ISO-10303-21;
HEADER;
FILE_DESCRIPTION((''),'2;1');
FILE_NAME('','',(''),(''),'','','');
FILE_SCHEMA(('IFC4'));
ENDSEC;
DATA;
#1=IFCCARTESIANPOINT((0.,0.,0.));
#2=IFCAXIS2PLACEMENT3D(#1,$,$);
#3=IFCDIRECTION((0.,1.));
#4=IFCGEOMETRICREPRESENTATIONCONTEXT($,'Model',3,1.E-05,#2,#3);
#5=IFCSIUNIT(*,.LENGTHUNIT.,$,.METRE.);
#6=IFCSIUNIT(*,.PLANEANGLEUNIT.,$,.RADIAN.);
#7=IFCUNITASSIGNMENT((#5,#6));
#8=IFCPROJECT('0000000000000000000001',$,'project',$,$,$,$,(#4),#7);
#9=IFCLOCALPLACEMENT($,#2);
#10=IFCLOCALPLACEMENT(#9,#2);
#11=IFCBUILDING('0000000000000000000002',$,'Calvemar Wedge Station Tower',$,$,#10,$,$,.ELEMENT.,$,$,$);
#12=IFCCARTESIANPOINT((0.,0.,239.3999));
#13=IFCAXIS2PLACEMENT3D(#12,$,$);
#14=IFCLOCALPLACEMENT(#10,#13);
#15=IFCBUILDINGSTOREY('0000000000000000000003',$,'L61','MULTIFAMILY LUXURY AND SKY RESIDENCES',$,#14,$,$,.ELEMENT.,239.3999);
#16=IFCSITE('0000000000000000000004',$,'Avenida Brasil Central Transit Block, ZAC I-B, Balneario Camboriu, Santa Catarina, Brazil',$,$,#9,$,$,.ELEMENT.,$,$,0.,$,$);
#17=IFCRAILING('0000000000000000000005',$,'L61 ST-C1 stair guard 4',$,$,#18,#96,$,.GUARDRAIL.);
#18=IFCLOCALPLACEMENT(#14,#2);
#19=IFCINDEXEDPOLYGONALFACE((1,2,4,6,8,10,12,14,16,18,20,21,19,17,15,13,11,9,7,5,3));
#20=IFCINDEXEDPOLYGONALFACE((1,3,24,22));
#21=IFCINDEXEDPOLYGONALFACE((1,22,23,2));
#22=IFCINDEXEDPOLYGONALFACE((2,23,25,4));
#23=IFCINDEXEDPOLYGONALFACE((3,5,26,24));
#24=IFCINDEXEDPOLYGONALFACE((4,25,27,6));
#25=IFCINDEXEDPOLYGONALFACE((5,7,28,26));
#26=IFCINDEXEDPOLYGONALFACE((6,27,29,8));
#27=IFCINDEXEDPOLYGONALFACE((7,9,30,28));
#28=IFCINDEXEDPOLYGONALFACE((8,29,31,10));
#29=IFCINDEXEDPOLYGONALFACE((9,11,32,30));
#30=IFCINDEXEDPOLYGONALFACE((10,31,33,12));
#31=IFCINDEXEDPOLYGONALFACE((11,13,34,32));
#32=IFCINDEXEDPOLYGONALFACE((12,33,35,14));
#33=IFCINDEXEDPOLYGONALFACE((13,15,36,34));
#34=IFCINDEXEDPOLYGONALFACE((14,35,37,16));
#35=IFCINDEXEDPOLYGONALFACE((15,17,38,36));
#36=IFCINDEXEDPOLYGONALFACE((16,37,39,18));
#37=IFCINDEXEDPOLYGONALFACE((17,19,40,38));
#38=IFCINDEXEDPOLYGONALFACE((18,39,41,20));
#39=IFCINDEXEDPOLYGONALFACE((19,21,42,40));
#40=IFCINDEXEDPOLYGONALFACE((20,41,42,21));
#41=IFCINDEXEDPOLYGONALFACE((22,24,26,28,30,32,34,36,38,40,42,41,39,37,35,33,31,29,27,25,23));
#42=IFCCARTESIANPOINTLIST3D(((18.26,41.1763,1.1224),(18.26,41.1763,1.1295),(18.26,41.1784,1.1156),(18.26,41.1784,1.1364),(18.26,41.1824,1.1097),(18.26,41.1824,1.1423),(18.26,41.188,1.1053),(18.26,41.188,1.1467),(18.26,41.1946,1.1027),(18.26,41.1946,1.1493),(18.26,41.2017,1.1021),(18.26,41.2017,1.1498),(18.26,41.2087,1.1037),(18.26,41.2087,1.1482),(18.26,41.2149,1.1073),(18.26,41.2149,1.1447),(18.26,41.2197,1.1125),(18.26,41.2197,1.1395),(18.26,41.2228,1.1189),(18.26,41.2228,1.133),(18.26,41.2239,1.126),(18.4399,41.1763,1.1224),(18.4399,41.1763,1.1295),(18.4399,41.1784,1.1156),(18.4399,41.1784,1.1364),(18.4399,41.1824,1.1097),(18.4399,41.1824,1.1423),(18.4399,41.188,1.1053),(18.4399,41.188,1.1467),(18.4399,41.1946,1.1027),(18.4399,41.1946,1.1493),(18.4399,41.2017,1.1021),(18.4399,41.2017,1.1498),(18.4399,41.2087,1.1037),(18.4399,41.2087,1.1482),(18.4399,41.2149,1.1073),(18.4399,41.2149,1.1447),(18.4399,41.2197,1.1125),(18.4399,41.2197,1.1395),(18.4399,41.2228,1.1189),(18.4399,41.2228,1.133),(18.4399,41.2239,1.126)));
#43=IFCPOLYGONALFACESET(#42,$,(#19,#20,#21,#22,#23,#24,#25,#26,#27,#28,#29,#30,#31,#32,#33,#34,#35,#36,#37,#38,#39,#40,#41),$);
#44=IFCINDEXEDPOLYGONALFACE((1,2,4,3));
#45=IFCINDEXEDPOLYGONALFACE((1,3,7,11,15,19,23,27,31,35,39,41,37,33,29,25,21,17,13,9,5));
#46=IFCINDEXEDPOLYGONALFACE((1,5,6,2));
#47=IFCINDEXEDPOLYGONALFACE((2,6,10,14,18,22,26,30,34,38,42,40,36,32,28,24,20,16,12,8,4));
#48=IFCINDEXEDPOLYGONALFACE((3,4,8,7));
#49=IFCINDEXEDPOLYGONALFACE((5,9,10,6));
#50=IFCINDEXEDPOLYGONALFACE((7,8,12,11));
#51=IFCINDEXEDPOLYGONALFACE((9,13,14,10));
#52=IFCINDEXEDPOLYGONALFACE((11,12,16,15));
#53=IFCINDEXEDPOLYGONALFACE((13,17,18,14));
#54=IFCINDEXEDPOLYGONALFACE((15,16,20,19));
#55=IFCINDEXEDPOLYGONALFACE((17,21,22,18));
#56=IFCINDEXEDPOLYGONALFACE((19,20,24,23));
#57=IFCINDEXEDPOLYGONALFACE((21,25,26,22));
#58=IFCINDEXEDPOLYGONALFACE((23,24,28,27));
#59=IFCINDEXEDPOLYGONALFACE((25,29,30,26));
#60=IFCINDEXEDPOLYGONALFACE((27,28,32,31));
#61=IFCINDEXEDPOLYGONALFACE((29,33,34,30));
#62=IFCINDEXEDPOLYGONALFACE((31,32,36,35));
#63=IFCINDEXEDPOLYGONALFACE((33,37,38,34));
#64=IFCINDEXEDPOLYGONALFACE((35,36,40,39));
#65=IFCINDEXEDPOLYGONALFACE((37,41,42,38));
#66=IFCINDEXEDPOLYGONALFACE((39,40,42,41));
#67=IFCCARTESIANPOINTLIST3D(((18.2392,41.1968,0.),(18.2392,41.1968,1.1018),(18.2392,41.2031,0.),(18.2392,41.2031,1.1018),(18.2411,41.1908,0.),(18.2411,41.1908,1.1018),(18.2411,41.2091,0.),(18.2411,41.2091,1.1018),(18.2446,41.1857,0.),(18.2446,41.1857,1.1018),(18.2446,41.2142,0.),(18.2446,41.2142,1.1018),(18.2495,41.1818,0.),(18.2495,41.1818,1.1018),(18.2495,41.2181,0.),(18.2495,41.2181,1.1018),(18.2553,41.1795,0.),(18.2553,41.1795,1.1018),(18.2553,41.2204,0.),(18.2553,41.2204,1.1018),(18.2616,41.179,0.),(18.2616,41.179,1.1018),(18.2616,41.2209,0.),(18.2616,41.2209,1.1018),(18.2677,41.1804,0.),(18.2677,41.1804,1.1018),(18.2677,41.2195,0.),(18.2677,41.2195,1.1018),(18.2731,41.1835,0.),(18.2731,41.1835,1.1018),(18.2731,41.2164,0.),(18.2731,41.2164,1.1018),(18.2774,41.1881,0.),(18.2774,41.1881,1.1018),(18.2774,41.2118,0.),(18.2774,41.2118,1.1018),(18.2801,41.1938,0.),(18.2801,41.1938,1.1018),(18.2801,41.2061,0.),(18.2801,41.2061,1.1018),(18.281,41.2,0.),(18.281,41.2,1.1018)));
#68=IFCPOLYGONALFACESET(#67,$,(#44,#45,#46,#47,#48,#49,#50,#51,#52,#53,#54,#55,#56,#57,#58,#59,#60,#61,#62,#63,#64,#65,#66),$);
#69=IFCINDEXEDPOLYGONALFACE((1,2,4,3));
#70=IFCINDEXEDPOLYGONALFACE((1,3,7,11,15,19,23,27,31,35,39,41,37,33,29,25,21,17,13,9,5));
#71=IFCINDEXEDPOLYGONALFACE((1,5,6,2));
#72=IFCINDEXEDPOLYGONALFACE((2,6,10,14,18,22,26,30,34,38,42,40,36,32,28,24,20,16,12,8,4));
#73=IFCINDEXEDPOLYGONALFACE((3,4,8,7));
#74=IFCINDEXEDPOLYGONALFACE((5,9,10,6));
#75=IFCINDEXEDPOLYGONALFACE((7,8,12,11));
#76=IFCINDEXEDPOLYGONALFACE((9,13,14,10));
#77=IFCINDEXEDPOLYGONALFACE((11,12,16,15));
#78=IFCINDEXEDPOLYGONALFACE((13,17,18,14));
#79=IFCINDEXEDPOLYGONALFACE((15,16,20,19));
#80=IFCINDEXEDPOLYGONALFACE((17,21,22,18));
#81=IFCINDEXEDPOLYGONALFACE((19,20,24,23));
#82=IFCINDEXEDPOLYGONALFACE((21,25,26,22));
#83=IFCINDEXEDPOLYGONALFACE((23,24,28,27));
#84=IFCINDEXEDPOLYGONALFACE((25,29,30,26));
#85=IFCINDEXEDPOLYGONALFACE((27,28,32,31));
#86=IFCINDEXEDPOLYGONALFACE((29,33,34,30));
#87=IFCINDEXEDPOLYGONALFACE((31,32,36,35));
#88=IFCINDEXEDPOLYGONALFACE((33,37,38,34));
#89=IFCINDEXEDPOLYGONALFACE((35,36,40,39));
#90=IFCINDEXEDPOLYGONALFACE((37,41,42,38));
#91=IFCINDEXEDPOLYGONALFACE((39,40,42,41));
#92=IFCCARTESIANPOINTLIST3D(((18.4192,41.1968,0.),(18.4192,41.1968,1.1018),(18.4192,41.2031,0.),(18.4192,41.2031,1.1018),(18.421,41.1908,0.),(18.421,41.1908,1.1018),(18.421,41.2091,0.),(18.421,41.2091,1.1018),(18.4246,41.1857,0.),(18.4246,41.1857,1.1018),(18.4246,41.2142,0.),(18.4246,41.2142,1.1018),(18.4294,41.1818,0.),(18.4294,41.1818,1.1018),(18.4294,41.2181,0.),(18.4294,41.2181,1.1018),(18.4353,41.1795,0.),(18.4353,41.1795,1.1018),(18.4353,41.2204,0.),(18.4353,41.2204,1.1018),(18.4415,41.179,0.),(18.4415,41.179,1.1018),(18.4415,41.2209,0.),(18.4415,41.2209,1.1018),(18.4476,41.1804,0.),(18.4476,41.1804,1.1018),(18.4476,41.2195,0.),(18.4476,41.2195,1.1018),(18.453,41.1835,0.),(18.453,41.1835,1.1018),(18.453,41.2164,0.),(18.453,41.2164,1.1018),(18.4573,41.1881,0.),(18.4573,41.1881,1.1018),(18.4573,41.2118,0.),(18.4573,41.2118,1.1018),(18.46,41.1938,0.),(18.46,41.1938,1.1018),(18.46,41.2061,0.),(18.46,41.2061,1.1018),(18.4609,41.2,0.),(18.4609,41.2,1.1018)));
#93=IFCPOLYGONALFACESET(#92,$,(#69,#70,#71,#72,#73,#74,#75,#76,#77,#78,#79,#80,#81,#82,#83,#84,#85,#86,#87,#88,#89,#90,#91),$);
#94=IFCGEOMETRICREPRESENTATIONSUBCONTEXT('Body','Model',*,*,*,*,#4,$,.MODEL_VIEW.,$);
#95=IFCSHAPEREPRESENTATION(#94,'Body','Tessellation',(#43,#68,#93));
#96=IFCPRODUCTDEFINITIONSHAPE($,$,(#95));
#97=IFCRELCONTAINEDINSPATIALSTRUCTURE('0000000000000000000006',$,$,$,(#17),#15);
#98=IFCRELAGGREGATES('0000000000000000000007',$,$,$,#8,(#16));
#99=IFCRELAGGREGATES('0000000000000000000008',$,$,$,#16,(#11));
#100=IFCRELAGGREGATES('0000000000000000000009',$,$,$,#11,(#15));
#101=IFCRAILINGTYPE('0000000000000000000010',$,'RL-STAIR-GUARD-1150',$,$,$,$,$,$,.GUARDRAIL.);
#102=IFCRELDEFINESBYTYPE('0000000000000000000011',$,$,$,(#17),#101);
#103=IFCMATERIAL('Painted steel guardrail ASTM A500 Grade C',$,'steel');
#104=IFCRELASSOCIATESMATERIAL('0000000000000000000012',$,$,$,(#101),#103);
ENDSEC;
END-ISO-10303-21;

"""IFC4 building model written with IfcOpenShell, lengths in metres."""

from ifc_helpers import new_model, si_unit, direction, frame, origin, origin_2d, place, context, subcontext, project, spatial, circle, extrude, material, type_object, element, save


model = new_model("IFC4")

# Units and contexts
model_context = context("Model", 3, precision=1e-05, world=origin(), true_north=direction((0.0, 1.0)))
body_context = subcontext(model_context, "Body", "Model", "MODEL_VIEW")
ifc_project = project(units=[si_unit("LENGTHUNIT", "METRE"), si_unit("PLANEANGLEUNIT", "RADIAN")], contexts=[model_context])

# Site, building, storey
site_placement = place(None, origin())
site = spatial("IfcSite", under=ifc_project, at=site_placement, Name="Avenida Brasil Central Transit Block, ZAC I-B, Balneario Camboriu, Santa Catarina, Brazil", CompositionType="ELEMENT", RefElevation=0.0)
building_placement = place(site_placement, origin())
building = spatial("IfcBuilding", under=site, at=building_placement, Name="Calvemar Wedge Station Tower", CompositionType="ELEMENT")
storey_placement = place(building_placement, frame((0.0, 0.0, 239.3999)))
storey = spatial("IfcBuildingStorey", under=building, at=storey_placement, Name="L61", Description="MULTIFAMILY LUXURY AND SKY RESIDENCES", CompositionType="ELEMENT", Elevation=239.3999)

# Railing
ifc_material_1 = material(Name="Painted steel guardrail ASTM A500 Grade C", Category="steel")
railing_type_1 = type_object("IfcRailingType", Name="RL-STAIR-GUARD-1150", PredefinedType="GUARDRAIL", material=ifc_material_1)
railing_1_placement = place(storey_placement, frame((18.26, 41.2, 0.0)))
element("IfcRailing", 1, at=railing_1_placement, inside=storey, type_object=railing_type_1, Name="L61 ST-C1 stair guard 4", PredefinedType="GUARDRAIL", context=body_context, shape_type="SweptSolid", body=[
    extrude(circle(Radius=0.0239, at=origin_2d()), frame((0.0, 0.0, 1.126), z_axis=(1.0, 0.0, 0.0), x_axis=(0.0, 1.0, 0.0)), (0.0, 0.0, 1.0), 0.1799),
    extrude(circle(Radius=0.021, at=origin_2d()), origin(), (0.0, 0.0, 1.0), 1.1018),
    extrude(circle(Radius=0.021, at=origin_2d()), frame((0.1799, 0.0, 0.0)), (0.0, 0.0, 1.0), 1.1018),
])

save(model, "model.ifc")
